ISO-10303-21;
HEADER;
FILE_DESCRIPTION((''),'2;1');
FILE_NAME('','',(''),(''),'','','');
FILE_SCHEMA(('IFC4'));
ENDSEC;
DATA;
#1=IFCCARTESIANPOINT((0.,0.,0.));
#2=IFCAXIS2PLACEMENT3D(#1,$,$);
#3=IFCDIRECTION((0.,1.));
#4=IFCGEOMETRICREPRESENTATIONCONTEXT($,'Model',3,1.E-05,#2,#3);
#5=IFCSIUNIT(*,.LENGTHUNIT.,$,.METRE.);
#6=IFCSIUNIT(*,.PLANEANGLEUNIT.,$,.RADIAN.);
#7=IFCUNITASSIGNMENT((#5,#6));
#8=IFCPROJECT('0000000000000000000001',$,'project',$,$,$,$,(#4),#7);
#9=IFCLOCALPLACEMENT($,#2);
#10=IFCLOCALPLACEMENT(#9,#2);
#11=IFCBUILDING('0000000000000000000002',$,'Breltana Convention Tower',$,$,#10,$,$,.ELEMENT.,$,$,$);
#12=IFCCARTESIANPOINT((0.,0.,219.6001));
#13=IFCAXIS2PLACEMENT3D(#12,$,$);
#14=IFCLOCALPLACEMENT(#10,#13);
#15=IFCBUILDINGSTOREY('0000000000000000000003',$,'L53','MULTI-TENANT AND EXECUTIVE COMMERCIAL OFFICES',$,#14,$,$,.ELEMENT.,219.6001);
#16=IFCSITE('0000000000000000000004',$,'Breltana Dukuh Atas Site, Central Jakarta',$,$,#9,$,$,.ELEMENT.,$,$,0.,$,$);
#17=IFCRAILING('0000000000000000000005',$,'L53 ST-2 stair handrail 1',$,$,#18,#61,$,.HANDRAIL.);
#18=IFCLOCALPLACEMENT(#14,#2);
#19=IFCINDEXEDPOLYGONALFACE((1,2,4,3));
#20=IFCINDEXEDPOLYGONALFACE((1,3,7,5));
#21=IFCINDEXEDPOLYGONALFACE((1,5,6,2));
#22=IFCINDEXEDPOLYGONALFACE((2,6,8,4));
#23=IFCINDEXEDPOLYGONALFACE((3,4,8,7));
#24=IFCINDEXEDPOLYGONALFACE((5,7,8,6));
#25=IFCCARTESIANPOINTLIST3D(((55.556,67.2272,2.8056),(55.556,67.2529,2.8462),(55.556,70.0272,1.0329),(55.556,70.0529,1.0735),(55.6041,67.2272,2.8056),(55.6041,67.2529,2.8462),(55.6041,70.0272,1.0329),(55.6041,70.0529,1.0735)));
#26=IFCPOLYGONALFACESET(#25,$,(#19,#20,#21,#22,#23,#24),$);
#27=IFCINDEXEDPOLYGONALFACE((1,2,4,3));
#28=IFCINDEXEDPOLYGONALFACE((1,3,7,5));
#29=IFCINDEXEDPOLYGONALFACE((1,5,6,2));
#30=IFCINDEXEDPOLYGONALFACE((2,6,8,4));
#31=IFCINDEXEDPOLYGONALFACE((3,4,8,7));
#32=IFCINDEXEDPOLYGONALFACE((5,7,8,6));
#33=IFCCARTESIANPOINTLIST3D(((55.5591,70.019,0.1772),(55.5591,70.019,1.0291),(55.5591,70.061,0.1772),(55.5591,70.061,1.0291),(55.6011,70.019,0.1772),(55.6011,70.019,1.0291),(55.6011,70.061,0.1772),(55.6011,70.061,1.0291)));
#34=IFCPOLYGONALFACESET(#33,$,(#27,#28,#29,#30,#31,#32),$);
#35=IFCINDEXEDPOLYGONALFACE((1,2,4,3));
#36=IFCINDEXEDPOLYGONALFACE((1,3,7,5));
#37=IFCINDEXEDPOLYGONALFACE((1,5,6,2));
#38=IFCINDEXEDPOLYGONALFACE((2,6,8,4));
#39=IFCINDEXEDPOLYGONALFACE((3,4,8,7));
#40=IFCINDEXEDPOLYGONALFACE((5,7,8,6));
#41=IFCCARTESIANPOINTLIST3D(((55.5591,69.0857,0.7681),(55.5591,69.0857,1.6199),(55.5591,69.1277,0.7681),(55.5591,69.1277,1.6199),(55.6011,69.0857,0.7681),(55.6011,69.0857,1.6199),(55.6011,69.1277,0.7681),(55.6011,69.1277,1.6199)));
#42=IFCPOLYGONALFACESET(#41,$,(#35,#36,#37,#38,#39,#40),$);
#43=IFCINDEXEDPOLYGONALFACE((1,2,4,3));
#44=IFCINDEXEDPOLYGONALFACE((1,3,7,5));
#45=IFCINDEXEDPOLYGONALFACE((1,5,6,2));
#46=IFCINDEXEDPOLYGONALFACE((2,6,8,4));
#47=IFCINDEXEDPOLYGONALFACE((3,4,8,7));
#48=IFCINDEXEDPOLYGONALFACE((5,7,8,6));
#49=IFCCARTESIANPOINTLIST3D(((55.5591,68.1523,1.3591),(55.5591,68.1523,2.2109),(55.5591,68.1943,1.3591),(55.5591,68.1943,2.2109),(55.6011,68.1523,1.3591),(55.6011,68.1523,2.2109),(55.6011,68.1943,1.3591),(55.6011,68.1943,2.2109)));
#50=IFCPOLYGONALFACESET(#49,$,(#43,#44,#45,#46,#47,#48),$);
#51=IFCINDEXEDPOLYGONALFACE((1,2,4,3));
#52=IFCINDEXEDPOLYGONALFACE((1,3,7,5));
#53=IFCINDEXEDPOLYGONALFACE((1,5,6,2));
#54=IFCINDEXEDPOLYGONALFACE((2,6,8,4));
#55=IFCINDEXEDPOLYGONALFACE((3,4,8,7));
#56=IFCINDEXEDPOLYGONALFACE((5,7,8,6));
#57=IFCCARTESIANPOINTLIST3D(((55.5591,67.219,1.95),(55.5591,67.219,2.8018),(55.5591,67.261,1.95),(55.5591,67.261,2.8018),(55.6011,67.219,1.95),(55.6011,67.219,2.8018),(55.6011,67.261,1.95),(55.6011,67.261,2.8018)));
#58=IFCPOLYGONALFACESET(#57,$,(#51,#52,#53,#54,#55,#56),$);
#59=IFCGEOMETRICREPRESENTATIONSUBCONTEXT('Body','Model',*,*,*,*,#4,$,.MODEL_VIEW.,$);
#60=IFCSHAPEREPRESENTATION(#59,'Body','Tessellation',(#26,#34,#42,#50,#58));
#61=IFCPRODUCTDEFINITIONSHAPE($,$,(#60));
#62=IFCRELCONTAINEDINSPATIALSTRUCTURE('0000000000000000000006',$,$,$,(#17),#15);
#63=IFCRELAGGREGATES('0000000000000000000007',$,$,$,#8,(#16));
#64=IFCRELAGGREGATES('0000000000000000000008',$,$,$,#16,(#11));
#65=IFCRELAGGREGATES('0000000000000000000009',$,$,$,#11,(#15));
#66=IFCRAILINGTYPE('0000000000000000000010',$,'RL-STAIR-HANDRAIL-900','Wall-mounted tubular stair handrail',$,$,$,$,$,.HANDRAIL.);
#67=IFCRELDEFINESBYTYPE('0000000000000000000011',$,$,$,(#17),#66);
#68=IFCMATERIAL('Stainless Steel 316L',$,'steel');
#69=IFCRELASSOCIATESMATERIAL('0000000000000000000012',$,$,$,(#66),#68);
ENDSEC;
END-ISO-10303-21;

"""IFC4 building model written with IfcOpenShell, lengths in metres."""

from ifc_helpers import new_model, si_unit, direction, frame, origin, origin_2d, place, context, subcontext, project, spatial, rectangle, extrude, material, type_object, element, save


model = new_model("IFC4")

# Units and contexts
model_context = context("Model", 3, precision=1e-05, world=origin(), true_north=direction((0.0, 1.0)))
body_context = subcontext(model_context, "Body", "Model", "MODEL_VIEW")
ifc_project = project(units=[si_unit("LENGTHUNIT", "METRE"), si_unit("PLANEANGLEUNIT", "RADIAN")], contexts=[model_context])

# Site, building, storey
site_placement = place(None, origin())
site = spatial("IfcSite", under=ifc_project, at=site_placement, Name="Breltana Dukuh Atas Site, Central Jakarta", CompositionType="ELEMENT", RefElevation=0.0)
building_placement = place(site_placement, origin())
building = spatial("IfcBuilding", under=site, at=building_placement, Name="Breltana Convention Tower", CompositionType="ELEMENT")
storey_placement = place(building_placement, frame((0.0, 0.0, 219.6001)))
storey = spatial("IfcBuildingStorey", under=building, at=storey_placement, Name="L53", Description="MULTI-TENANT AND EXECUTIVE COMMERCIAL OFFICES", CompositionType="ELEMENT", Elevation=219.6001)

# Railing
ifc_material_1 = material(Name="Stainless Steel 316L", Category="steel")
railing_type_1 = type_object("IfcRailingType", Name="RL-STAIR-HANDRAIL-900", Description="Wall-mounted tubular stair handrail", PredefinedType="HANDRAIL", material=ifc_material_1)
railing_1_placement = place(storey_placement, frame((55.5801, 70.04, 0.1772)))
element("IfcRailing", 1, at=railing_1_placement, inside=storey, type_object=railing_type_1, Name="L53 ST-2 stair handrail 1", PredefinedType="HANDRAIL", context=body_context, shape_type="SweptSolid", body=[
    extrude(rectangle(XDim=0.0481, YDim=0.0481, at=origin_2d()), frame((0.0, 0.0, 0.876), z_axis=(0.0, -0.844909, 0.53491), x_axis=(1.0, 0.0, 0.0)), (0.0, 0.0, 1.0), 3.314),
    extrude(rectangle(XDim=0.042, YDim=0.042, at=origin_2d()), origin(), (0.0, 0.0, 1.0), 0.8518),
    extrude(rectangle(XDim=0.042, YDim=0.042, at=origin_2d()), frame((0.0, -0.9333, 0.5908)), (0.0, 0.0, 1.0), 0.8518),
    extrude(rectangle(XDim=0.042, YDim=0.042, at=origin_2d()), frame((0.0, -1.8667, 1.1819)), (0.0, 0.0, 1.0), 0.8518),
    extrude(rectangle(XDim=0.042, YDim=0.042, at=origin_2d()), frame((0.0, -2.8, 1.7727)), (0.0, 0.0, 1.0), 0.8518),
])

save(model, "model.ifc")
